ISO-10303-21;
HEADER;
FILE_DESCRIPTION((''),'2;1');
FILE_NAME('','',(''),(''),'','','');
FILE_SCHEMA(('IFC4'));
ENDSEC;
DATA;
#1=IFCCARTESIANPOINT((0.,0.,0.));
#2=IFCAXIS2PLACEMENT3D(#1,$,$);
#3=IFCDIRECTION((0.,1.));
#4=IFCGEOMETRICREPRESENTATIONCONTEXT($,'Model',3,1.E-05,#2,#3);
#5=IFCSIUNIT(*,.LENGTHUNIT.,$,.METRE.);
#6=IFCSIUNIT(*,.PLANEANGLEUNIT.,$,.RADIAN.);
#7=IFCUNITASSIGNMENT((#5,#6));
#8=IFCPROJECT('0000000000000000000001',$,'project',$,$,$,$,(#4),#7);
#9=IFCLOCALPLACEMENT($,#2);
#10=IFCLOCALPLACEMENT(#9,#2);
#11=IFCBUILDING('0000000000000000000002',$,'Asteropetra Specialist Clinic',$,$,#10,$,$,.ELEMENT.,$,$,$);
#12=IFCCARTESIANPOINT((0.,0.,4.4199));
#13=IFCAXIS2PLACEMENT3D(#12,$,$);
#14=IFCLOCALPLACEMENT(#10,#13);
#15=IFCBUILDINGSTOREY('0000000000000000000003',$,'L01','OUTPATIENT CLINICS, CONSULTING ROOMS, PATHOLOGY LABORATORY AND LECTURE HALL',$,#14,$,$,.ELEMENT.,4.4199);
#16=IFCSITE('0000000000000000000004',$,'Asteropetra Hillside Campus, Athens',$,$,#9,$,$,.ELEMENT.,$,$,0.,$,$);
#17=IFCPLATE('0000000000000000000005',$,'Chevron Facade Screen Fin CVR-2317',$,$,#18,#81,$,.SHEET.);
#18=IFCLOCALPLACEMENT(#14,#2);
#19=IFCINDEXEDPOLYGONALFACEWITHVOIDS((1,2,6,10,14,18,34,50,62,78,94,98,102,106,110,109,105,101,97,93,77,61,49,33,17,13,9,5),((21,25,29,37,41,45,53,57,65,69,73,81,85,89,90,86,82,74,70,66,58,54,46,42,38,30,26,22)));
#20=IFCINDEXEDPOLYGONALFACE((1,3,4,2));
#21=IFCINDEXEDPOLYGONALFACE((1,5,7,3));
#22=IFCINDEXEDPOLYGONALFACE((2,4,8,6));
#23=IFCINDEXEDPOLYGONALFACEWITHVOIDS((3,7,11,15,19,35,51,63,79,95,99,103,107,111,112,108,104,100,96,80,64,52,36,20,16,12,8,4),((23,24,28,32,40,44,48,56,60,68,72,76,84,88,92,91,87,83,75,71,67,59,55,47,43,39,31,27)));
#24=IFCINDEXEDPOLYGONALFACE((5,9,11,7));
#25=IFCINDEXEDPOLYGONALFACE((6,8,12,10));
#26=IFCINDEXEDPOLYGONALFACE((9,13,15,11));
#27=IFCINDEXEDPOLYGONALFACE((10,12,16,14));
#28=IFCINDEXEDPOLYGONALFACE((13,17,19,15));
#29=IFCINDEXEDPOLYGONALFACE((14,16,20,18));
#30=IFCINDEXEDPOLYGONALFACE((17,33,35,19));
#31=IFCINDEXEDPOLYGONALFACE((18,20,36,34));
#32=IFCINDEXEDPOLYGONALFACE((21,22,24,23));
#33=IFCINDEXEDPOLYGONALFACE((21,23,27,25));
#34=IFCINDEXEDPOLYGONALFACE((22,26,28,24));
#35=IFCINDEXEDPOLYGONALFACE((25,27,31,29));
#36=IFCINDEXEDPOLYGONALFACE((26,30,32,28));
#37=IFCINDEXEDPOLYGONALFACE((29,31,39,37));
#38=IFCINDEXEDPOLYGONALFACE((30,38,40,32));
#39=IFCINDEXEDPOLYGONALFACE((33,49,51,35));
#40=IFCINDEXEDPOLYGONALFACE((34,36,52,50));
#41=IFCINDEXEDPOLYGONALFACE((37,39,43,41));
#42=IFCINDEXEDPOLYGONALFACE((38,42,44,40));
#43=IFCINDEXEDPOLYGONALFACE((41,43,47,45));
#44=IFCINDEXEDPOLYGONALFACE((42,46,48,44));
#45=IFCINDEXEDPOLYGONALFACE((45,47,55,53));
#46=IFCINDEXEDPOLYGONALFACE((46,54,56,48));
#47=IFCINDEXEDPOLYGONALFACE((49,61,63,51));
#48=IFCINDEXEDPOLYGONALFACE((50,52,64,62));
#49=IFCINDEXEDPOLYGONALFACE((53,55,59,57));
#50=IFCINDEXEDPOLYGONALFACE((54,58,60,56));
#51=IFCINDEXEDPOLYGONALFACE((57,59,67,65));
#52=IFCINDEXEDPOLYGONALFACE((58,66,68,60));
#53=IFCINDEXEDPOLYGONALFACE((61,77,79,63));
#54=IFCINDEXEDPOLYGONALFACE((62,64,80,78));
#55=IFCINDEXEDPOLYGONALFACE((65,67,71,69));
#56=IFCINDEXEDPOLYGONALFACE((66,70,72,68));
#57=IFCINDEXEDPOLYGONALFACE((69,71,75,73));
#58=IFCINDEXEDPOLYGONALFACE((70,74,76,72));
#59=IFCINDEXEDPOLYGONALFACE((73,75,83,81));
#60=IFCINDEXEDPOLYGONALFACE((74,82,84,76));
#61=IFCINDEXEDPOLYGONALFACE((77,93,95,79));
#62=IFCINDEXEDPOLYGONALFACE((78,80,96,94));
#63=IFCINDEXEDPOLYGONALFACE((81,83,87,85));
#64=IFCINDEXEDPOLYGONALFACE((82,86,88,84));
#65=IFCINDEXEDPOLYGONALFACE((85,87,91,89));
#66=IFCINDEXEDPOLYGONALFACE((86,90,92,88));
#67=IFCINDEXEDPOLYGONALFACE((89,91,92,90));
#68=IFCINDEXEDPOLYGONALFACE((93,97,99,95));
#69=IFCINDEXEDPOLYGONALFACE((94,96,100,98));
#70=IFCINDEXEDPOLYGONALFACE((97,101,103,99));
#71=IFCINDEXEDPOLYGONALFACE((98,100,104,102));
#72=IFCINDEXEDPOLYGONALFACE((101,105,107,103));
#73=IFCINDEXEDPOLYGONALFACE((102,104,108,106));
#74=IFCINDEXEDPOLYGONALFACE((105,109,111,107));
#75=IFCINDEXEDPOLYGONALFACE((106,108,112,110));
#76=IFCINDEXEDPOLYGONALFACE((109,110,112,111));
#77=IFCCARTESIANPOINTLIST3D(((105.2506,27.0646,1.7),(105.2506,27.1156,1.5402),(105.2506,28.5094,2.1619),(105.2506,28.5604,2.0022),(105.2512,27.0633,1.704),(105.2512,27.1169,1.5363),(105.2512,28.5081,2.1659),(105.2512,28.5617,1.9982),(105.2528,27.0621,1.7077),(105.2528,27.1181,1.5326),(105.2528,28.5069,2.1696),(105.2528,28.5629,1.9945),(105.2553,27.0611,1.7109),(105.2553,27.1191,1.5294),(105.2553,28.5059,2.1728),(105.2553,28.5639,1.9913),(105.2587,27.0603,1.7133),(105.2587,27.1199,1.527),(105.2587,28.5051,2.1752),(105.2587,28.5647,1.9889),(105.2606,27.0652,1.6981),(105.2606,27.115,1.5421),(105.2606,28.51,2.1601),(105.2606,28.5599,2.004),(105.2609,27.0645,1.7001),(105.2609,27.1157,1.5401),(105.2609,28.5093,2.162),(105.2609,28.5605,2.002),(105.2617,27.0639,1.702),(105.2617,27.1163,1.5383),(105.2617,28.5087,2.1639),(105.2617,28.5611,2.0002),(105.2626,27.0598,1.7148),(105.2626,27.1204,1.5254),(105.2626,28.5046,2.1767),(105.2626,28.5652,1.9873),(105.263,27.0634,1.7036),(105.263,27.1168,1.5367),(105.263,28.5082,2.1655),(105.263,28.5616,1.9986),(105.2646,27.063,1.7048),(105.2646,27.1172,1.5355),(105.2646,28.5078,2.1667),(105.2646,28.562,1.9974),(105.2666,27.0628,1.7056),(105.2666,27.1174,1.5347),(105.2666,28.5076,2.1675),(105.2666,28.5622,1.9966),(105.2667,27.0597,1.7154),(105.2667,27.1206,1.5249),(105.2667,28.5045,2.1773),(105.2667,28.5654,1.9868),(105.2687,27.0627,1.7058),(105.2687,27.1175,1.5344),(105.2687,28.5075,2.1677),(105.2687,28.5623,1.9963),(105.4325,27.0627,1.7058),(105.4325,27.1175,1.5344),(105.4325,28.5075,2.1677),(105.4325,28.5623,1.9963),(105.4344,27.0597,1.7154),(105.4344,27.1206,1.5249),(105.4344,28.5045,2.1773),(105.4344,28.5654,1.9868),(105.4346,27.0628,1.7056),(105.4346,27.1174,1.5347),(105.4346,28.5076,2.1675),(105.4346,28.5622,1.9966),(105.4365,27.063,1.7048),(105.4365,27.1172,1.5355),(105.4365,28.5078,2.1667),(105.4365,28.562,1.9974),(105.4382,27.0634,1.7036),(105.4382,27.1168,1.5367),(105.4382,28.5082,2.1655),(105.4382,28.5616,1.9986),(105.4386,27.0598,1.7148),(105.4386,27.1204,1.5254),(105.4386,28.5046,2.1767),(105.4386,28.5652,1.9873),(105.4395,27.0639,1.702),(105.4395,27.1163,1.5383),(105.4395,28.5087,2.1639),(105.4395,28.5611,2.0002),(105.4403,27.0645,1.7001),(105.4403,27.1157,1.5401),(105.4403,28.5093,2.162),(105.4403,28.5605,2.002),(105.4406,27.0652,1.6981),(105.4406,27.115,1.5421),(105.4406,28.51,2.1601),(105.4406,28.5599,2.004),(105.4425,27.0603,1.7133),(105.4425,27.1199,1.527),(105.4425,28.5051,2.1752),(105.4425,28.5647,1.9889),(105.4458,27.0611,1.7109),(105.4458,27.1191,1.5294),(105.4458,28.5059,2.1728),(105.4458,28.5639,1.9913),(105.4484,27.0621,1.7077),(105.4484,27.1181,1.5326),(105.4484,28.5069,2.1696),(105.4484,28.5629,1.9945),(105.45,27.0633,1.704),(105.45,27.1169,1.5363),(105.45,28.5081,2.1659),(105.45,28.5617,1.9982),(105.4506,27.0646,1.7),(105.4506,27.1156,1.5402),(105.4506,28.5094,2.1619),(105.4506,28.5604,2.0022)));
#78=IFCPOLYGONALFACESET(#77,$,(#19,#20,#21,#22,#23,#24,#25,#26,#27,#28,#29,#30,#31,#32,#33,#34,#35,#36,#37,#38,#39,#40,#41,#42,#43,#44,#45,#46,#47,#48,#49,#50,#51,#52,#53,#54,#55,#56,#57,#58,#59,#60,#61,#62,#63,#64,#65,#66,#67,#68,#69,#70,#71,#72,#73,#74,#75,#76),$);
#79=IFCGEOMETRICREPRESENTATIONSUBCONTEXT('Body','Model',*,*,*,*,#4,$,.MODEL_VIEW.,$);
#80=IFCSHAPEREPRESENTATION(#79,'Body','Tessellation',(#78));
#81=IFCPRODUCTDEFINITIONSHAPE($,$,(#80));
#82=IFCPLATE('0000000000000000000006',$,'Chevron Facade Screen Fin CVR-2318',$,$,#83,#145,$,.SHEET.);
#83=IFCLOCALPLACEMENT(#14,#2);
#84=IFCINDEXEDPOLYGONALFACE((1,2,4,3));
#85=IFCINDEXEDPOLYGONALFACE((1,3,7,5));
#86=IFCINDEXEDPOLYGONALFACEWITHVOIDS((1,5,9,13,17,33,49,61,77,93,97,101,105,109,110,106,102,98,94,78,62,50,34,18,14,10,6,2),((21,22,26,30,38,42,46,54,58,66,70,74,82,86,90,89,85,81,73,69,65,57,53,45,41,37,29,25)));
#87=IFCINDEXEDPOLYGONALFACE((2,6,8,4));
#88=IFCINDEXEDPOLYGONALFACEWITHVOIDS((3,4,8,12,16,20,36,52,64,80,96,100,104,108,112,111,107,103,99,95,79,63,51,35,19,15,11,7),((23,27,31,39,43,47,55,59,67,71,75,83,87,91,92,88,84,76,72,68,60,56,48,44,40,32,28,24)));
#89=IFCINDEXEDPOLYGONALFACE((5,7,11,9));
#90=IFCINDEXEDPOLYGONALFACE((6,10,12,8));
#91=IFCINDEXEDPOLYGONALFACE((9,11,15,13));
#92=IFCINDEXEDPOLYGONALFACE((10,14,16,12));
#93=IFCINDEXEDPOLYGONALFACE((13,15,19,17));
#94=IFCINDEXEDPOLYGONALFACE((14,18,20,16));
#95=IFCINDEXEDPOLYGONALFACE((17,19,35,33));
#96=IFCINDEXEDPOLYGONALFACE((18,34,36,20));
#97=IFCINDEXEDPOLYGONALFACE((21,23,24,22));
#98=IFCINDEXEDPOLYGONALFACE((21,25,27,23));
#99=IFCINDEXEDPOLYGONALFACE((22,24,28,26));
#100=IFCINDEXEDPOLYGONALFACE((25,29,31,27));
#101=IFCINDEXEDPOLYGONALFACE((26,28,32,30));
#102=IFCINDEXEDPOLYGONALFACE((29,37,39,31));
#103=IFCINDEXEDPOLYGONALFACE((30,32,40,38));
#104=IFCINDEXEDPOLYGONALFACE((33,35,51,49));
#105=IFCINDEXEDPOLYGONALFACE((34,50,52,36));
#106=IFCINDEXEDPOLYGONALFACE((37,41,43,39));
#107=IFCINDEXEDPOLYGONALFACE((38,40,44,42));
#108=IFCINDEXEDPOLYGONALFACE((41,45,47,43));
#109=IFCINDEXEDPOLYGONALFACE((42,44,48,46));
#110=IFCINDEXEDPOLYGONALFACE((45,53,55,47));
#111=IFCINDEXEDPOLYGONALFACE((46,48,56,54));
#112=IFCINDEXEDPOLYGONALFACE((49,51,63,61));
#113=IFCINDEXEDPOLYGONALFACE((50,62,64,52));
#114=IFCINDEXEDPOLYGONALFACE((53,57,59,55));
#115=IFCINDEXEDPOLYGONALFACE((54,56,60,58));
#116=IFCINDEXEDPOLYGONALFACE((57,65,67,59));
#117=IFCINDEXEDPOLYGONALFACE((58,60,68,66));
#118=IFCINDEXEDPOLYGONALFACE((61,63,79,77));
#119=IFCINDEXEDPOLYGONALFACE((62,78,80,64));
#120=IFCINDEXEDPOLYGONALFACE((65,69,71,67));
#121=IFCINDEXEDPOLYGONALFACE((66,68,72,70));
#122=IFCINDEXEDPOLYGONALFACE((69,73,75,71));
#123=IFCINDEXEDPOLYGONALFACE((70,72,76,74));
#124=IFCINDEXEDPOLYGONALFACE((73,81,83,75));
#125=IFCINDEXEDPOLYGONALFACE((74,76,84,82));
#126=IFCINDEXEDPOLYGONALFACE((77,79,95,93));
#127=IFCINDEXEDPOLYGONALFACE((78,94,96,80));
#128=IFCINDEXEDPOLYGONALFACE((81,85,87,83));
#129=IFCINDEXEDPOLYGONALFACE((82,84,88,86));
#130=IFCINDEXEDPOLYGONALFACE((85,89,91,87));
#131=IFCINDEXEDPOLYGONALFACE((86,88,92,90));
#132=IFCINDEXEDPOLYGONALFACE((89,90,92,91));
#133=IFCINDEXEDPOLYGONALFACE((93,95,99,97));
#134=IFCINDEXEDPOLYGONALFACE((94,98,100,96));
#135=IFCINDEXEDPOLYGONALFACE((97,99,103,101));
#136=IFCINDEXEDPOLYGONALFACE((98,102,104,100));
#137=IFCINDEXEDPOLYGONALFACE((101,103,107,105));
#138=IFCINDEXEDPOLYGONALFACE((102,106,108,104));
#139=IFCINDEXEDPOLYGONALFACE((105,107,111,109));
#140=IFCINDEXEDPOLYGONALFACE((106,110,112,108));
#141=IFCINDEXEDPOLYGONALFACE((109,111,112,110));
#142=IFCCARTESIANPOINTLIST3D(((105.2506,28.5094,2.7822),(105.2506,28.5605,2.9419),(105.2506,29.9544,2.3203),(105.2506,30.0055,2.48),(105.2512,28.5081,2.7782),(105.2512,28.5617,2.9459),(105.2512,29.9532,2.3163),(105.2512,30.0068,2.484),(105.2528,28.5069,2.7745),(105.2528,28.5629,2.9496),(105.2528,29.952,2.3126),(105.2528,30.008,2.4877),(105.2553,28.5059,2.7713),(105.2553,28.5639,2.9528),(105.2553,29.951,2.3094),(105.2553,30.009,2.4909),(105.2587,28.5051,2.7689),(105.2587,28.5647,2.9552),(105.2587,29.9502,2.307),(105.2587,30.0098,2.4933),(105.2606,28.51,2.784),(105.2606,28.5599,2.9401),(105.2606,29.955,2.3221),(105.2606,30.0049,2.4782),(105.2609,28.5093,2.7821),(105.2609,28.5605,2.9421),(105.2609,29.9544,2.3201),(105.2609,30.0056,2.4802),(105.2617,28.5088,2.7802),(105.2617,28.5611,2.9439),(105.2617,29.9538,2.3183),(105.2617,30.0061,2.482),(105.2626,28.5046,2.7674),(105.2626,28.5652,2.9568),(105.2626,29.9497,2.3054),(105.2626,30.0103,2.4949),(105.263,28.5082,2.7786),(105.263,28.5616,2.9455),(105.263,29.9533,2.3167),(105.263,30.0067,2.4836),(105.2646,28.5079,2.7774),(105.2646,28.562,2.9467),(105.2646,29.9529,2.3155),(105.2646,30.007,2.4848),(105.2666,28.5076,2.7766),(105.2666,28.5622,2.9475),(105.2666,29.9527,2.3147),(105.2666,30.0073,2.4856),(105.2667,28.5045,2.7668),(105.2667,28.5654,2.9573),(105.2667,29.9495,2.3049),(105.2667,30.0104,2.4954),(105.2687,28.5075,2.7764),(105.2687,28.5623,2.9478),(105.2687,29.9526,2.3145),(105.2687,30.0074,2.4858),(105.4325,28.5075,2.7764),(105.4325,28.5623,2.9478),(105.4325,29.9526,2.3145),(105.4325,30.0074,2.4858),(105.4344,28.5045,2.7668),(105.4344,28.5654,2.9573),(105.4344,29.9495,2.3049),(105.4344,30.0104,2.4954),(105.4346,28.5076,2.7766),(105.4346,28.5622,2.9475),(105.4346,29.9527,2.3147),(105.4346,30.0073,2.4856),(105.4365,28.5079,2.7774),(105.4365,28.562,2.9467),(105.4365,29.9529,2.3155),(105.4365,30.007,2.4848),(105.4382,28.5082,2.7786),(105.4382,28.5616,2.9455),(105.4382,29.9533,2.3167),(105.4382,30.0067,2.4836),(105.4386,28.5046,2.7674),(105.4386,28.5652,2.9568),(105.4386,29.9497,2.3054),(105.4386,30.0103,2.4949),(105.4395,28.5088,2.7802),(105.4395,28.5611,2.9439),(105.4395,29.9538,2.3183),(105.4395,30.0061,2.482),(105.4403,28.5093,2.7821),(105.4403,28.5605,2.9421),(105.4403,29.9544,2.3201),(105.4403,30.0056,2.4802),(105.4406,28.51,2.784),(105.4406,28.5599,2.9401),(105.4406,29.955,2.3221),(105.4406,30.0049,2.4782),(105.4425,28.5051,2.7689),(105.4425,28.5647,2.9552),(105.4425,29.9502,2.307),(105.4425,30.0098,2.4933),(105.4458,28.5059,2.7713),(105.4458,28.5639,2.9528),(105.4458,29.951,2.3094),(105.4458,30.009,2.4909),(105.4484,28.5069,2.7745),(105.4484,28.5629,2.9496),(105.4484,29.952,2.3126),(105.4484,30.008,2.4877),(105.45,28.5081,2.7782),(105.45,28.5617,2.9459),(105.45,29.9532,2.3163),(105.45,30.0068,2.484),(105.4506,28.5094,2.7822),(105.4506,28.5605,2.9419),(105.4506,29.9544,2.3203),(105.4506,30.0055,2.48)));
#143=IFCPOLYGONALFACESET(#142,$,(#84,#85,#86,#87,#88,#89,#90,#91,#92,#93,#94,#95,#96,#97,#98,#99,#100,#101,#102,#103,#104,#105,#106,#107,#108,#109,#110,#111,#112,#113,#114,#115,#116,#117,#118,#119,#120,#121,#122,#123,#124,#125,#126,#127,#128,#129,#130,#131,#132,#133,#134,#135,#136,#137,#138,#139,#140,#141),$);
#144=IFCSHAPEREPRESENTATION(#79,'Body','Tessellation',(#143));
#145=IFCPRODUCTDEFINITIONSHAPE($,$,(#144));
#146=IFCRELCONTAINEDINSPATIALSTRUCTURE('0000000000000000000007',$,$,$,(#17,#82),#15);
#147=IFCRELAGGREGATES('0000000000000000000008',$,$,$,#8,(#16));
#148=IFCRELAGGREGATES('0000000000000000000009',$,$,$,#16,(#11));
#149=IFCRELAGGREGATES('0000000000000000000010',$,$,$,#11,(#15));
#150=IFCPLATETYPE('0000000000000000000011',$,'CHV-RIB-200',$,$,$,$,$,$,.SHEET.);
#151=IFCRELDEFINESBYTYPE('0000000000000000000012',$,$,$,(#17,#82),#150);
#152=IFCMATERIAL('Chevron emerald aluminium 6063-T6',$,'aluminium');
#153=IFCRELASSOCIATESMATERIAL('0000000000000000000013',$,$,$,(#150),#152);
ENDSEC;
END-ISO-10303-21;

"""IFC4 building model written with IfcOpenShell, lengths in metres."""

from ifc_helpers import new_model, si_unit, direction, frame, origin, origin_2d, place, context, subcontext, project, spatial, hollow_rectangle, extrude, material, material_profile, profile_set, type_object, element, save


model = new_model("IFC4")

# Units and contexts
model_context = context("Model", 3, precision=1e-05, world=origin(), true_north=direction((0.0, 1.0)))
body_context = subcontext(model_context, "Body", "Model", "MODEL_VIEW")
ifc_project = project(units=[si_unit("LENGTHUNIT", "METRE"), si_unit("PLANEANGLEUNIT", "RADIAN")], contexts=[model_context])

# Site, building, storey
site_placement = place(None, origin())
site = spatial("IfcSite", under=ifc_project, at=site_placement, Name="Asteropetra Hillside Campus, Athens", CompositionType="ELEMENT", RefElevation=0.0)
building_placement = place(site_placement, origin())
building = spatial("IfcBuilding", under=site, at=building_placement, Name="Asteropetra Specialist Clinic", CompositionType="ELEMENT")
storey_placement = place(building_placement, frame((0.0, 0.0, 4.4199)))
storey = spatial("IfcBuildingStorey", under=building, at=storey_placement, Name="L01", Description="OUTPATIENT CLINICS, CONSULTING ROOMS, PATHOLOGY LABORATORY AND LECTURE HALL", CompositionType="ELEMENT", Elevation=4.4199)

# Plates
ifc_material_1 = material(Name="Chevron emerald aluminium 6063-T6", Category="aluminium")
ifc_material_profile_1 = material_profile(ifc_material_1, hollow_rectangle(XDim=0.2, YDim=0.2, WallThickness=0.01, InnerFilletRadius=0.0081, OuterFilletRadius=0.0161, at=origin_2d()), Name="SHS 200x200x10.0")
ifc_profile_set_1 = profile_set([ifc_material_profile_1], Name="Chevron emerald aluminium 6063-T6")
plate_type = type_object("IfcPlateType", Name="CHV-RIB-200", PredefinedType="SHEET", material=ifc_profile_set_1)
plate_1_placement = place(storey_placement, frame((105.3506, 28.5349, 2.082), z_axis=(0.0, -0.952506, -0.304519), x_axis=(1.0, 0.0, 0.0)))
element("IfcPlate", 1, at=plate_1_placement, inside=storey, type_object=plate_type, Name="Chevron Facade Screen Fin CVR-2317", PredefinedType="SHEET", context=body_context, shape_type="SweptSolid", body=[
    extrude(hollow_rectangle(XDim=0.2, YDim=0.2, WallThickness=0.01, InnerFilletRadius=0.0081, OuterFilletRadius=0.0161, at=origin_2d()), origin(), (0.0, 0.0, 1.0), 1.5168),
])
plate_2_placement = place(storey_placement, frame((105.3506, 29.98, 2.4001), z_axis=(0.0, -0.952521, 0.304472), x_axis=(1.0, 0.0, 0.0)))
element("IfcPlate", 2, at=plate_2_placement, inside=storey, type_object=plate_type, Name="Chevron Facade Screen Fin CVR-2318", PredefinedType="SHEET", context=body_context, shape_type="SweptSolid", body=[
    extrude(hollow_rectangle(XDim=0.2, YDim=0.2, WallThickness=0.01, InnerFilletRadius=0.0081, OuterFilletRadius=0.0161, at=origin_2d()), origin(), (0.0, 0.0, 1.0), 1.5171),
])

save(model, "model.ifc")
